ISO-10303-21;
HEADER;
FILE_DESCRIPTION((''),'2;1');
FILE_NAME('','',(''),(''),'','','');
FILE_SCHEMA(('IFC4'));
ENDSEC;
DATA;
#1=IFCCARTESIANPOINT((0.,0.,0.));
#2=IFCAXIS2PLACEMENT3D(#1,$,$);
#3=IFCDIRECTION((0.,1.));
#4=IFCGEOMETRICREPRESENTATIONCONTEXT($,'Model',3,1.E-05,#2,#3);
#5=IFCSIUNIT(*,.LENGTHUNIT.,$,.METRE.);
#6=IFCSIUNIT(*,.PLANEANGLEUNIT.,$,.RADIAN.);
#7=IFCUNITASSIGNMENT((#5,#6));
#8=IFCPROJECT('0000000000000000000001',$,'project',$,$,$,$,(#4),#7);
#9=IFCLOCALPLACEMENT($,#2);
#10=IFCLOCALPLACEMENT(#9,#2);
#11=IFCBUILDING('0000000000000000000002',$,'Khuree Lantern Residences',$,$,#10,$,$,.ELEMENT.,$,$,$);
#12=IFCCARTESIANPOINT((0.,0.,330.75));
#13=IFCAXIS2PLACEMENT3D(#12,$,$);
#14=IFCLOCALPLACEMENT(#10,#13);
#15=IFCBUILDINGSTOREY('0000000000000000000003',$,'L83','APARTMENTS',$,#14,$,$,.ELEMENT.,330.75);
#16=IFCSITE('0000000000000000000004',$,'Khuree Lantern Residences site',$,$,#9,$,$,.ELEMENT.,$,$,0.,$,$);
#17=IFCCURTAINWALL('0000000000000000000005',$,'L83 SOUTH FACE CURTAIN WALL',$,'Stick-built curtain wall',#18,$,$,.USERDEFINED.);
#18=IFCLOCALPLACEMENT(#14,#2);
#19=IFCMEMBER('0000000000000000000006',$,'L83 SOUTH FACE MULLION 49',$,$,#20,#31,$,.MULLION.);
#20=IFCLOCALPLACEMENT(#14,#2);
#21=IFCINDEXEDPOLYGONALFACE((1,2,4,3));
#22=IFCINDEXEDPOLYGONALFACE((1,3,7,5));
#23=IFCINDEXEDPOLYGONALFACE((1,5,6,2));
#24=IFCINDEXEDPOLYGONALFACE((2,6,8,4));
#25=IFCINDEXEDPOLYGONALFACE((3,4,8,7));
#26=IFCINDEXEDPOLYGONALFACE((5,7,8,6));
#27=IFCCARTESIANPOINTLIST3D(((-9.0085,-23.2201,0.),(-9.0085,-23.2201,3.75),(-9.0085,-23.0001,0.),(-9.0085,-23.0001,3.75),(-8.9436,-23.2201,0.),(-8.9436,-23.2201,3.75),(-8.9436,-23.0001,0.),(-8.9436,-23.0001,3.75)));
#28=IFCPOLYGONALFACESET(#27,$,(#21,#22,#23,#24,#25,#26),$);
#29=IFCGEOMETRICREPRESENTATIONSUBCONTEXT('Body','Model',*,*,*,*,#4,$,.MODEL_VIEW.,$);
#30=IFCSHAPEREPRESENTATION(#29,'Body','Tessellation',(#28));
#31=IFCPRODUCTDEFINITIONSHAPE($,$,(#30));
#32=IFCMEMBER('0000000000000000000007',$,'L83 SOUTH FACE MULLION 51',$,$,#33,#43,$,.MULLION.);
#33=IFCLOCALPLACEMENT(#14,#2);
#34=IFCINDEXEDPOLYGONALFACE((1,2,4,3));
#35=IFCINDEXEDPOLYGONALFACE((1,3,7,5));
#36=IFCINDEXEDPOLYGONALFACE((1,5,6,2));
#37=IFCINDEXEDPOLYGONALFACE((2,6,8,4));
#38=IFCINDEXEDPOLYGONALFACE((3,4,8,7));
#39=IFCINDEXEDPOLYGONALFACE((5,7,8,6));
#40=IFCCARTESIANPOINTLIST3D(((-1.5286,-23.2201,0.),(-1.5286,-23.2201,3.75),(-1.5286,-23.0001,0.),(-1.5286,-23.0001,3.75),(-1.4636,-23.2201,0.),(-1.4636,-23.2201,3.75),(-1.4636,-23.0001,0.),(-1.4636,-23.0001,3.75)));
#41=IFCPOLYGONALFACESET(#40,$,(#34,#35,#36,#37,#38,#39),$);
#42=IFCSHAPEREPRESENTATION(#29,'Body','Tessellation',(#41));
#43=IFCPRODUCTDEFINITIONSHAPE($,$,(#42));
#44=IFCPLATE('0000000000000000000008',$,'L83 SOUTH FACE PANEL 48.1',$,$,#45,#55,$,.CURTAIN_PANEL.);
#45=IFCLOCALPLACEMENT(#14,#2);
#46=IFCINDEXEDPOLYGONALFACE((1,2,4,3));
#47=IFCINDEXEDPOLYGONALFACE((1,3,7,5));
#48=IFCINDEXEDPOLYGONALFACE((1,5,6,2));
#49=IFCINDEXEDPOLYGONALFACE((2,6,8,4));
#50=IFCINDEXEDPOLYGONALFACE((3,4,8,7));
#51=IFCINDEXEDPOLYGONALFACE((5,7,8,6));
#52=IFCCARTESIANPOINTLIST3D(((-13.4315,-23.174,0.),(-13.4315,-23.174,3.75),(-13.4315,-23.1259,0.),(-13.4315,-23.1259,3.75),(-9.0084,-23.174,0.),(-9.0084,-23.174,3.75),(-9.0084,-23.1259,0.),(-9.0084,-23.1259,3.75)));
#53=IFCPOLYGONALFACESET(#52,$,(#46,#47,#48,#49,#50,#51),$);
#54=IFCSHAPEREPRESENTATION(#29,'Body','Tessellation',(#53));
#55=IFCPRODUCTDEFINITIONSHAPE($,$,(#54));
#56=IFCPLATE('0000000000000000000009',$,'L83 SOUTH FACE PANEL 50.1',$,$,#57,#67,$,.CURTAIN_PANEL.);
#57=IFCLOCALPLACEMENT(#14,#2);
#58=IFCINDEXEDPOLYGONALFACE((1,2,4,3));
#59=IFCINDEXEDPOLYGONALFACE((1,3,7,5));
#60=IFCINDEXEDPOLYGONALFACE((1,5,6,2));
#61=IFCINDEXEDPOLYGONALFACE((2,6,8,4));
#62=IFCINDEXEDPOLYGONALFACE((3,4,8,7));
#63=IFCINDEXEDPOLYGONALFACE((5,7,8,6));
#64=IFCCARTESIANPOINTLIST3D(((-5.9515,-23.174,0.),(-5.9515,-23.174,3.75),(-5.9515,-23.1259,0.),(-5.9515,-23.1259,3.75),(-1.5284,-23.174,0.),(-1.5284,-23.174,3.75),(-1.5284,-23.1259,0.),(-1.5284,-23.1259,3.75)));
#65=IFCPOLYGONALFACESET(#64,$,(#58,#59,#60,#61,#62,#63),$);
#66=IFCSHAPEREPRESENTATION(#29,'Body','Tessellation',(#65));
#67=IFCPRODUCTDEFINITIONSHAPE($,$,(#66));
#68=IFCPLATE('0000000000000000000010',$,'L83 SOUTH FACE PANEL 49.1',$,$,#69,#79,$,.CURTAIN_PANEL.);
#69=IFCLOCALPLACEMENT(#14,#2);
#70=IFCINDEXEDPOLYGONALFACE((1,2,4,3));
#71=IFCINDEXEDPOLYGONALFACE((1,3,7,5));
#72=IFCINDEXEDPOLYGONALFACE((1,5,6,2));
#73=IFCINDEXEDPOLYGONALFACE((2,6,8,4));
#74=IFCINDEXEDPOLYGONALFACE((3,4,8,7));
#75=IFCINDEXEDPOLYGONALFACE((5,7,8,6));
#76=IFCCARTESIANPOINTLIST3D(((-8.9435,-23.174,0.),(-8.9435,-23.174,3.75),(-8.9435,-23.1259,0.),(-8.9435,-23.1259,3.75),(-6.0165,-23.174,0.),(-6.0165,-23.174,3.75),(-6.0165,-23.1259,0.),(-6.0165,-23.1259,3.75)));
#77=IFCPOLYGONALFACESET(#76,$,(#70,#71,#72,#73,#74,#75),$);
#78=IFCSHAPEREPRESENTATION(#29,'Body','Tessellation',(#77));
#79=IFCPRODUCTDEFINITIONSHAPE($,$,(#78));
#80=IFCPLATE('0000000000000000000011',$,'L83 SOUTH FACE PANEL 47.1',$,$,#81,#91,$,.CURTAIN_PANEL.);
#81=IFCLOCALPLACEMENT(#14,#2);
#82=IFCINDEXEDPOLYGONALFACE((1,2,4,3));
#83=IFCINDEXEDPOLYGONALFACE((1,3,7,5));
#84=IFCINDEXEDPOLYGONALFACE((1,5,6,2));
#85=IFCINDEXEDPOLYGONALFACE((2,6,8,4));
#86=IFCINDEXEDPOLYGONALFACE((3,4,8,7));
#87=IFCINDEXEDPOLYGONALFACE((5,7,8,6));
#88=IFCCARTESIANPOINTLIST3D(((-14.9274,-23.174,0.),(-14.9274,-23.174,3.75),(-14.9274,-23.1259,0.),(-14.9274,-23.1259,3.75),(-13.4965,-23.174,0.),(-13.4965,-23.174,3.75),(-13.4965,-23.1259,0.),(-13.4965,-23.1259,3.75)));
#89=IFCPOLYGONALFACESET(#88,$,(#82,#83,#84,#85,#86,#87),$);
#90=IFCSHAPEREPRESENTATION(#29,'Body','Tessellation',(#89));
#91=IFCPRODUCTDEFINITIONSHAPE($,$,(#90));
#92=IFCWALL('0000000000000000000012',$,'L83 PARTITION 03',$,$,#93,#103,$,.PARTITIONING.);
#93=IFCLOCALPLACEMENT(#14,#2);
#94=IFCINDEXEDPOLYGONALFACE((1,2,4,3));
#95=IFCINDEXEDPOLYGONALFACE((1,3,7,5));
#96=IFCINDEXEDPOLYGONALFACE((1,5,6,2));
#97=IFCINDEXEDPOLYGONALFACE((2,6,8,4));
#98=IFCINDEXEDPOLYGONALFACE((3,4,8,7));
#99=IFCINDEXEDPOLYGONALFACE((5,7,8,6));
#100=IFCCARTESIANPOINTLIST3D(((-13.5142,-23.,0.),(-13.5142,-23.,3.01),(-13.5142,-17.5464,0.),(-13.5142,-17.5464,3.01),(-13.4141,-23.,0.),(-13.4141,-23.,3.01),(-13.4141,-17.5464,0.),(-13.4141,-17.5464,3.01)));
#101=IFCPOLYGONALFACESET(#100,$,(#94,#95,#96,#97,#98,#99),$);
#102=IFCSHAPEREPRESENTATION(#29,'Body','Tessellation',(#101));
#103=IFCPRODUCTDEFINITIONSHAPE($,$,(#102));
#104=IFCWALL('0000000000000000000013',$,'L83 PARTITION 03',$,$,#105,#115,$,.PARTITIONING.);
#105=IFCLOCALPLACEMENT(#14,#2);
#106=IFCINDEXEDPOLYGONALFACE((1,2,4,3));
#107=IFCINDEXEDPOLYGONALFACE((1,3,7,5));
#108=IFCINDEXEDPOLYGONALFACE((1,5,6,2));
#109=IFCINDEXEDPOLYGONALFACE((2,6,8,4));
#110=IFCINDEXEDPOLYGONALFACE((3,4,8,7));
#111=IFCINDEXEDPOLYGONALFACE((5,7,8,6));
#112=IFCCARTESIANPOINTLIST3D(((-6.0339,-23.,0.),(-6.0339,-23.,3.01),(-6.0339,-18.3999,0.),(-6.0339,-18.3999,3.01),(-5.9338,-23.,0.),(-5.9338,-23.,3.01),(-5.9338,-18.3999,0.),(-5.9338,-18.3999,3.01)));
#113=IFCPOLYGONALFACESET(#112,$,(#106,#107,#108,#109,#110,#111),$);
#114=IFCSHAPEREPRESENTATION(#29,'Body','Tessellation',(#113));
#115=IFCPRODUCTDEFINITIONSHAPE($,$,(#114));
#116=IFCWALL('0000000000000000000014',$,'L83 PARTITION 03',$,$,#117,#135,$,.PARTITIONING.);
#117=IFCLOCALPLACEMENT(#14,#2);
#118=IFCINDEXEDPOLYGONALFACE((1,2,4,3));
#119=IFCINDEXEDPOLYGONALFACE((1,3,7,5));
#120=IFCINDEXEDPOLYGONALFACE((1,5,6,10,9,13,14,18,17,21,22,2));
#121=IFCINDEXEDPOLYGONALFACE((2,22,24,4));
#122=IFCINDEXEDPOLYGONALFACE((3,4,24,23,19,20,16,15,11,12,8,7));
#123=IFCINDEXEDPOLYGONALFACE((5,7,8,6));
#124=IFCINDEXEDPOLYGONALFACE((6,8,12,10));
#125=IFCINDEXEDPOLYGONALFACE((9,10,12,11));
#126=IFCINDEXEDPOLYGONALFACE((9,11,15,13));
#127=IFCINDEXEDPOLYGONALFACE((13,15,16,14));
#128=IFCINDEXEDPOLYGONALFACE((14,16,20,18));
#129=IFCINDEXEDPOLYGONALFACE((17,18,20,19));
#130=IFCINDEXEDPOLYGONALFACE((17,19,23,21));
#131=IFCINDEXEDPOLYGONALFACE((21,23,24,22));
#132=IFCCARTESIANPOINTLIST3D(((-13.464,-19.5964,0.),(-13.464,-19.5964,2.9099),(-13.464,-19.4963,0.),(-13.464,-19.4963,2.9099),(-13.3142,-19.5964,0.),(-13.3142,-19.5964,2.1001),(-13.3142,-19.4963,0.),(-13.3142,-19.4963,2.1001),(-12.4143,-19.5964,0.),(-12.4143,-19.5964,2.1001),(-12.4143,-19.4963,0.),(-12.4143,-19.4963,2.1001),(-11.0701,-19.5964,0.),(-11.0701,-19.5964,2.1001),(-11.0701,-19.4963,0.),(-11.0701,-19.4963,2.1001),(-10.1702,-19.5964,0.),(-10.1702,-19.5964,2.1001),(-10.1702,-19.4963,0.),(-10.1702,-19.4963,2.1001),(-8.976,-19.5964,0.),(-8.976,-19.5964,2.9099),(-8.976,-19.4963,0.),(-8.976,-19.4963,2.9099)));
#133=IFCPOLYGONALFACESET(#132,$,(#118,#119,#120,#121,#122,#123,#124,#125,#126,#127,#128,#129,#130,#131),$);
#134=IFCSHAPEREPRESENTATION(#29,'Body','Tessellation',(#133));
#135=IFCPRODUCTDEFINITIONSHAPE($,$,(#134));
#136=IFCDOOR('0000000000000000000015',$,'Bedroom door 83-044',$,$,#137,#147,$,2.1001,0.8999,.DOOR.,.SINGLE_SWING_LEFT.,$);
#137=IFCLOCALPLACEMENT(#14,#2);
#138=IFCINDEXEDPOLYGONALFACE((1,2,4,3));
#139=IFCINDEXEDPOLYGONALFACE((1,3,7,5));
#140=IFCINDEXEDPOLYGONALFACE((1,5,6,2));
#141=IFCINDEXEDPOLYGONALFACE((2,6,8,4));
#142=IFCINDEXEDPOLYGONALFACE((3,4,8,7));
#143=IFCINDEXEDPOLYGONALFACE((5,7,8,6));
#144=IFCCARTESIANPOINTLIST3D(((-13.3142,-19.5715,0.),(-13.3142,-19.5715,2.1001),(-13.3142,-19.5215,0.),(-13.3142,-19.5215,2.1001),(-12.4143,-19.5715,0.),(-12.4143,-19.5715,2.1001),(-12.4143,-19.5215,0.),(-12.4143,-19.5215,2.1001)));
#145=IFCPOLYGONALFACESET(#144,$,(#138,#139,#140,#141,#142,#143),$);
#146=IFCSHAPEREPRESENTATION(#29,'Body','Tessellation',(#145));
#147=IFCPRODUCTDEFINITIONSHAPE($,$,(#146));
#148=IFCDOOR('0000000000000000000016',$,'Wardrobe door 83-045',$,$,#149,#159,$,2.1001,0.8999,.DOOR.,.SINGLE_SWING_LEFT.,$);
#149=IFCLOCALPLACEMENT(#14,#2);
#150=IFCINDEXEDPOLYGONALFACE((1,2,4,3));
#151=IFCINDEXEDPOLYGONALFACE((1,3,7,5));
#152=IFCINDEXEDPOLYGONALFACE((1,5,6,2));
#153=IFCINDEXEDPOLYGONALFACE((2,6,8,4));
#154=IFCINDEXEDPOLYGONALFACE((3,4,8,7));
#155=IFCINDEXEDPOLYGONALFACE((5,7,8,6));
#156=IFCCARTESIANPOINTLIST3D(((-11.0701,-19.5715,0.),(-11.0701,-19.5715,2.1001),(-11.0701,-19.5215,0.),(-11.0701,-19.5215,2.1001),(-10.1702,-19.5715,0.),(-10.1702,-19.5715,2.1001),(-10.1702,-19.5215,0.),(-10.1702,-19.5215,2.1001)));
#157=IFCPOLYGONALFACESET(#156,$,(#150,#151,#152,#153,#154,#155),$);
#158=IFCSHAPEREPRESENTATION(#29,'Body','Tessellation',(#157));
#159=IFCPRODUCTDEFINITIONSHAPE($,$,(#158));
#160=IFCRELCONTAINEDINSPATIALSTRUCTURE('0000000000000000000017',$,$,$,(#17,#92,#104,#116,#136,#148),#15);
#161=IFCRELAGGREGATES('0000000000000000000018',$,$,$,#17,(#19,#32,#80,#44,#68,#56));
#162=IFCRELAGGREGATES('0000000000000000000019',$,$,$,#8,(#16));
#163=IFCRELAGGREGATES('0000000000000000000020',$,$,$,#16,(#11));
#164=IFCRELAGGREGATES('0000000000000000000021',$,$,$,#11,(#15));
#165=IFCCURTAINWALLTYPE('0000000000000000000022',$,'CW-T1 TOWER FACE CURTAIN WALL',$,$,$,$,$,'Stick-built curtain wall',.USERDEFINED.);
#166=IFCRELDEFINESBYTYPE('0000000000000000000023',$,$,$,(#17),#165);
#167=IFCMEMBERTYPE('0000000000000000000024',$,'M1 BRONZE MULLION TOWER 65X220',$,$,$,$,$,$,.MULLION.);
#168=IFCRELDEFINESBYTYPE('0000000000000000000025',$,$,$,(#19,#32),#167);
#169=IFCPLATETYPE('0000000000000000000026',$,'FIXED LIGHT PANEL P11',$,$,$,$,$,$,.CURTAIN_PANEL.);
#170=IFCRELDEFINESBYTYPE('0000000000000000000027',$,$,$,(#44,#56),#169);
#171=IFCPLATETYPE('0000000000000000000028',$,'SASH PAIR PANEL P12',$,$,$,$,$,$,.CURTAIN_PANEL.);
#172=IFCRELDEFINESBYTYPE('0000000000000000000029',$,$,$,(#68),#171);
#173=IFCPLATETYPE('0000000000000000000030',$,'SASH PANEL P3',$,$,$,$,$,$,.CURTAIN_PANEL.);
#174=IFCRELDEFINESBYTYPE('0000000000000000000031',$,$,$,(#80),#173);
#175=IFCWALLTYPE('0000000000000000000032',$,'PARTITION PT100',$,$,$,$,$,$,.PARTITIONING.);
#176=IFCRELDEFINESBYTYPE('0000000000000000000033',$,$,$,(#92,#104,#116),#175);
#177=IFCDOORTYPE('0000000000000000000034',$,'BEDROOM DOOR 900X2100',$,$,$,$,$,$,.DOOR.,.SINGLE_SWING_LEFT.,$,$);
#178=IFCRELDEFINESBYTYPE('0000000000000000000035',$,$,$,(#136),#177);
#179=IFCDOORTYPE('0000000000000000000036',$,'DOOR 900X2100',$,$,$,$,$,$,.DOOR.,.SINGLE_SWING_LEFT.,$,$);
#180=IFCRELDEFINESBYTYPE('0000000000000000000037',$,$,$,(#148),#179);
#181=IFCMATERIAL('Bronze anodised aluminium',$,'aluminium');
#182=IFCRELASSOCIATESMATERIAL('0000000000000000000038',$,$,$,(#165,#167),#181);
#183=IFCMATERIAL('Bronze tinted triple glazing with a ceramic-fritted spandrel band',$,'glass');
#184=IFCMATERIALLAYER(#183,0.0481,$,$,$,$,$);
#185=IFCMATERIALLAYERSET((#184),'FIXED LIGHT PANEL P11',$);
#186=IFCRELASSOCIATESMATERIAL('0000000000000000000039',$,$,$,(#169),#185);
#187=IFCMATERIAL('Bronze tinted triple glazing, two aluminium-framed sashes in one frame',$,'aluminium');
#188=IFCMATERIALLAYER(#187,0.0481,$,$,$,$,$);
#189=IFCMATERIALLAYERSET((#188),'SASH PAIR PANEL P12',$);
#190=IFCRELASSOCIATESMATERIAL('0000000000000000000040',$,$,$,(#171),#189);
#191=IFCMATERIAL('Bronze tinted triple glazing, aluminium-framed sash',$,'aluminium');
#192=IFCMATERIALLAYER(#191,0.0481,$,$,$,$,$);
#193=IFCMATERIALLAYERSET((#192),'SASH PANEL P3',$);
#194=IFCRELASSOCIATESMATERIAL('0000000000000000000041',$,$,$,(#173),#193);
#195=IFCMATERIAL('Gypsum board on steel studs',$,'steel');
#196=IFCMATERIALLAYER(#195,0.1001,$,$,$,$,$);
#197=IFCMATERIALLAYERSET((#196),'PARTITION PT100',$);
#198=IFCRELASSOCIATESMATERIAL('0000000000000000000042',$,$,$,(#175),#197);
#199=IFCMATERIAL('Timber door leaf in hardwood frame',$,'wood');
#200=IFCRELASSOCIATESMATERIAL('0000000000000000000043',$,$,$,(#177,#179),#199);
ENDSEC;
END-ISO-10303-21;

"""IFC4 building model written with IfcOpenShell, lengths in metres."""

from ifc_helpers import new_model, si_unit, direction, frame, frame_2d, origin, origin_2d, place, context, subcontext, project, spatial, rectangle, extrude, material, layer, layer_set, material_profile, profile_set, type_object, element, fill, aggregate, save


model = new_model("IFC4")

# Units and contexts
model_context = context("Model", 3, precision=1e-05, world=origin(), true_north=direction((0.0, 1.0)))
body_context = subcontext(model_context, "Body", "Model", "MODEL_VIEW")
ifc_project = project(units=[si_unit("LENGTHUNIT", "METRE"), si_unit("PLANEANGLEUNIT", "RADIAN")], contexts=[model_context])

# Site, building, storey
site_placement = place(None, origin())
site = spatial("IfcSite", under=ifc_project, at=site_placement, Name="Khuree Lantern Residences site", CompositionType="ELEMENT", RefElevation=0.0)
building_placement = place(site_placement, origin())
building = spatial("IfcBuilding", under=site, at=building_placement, Name="Khuree Lantern Residences", CompositionType="ELEMENT")
storey_placement = place(building_placement, frame((0.0, 0.0, 330.75)))
storey = spatial("IfcBuildingStorey", under=building, at=storey_placement, Name="L83", Description="APARTMENTS", CompositionType="ELEMENT", Elevation=330.75)

# Curtain wall
ifc_material_1 = material(Name="Bronze anodised aluminium", Category="aluminium")
curtain_wall_type = type_object("IfcCurtainWallType", Name="CW-T1 TOWER FACE CURTAIN WALL", ElementType="Stick-built curtain wall", PredefinedType="USERDEFINED", material=ifc_material_1)
curtain_wall_placement = place(storey_placement, origin())
curtain_wall = element("IfcCurtainWall", 1, at=curtain_wall_placement, inside=storey, type_object=curtain_wall_type, Name="L83 SOUTH FACE CURTAIN WALL", ObjectType="Stick-built curtain wall", PredefinedType="USERDEFINED")

# Members
ifc_material_profile_1 = material_profile(ifc_material_1, rectangle(XDim=0.0649, YDim=0.22, at=origin_2d()), Name="M1 65X220")
ifc_profile_set_1 = profile_set([ifc_material_profile_1], Name="Bronze anodised aluminium")
member_type_1 = type_object("IfcMemberType", Name="M1 BRONZE MULLION TOWER 65X220", PredefinedType="MULLION", material=ifc_profile_set_1)
member_1_placement = place(storey_placement, frame((-8.9761, -23.1101, 0.0), z_axis=(0.0, 0.0, 1.0), x_axis=(1.0, 0.0, 0.0)))
member_1 = element("IfcMember", 2, at=member_1_placement, type_object=member_type_1, Name="L83 SOUTH FACE MULLION 49", PredefinedType="MULLION", context=body_context, shape_type="SweptSolid", body=[
    extrude(rectangle(XDim=0.0649, YDim=0.22, at=origin_2d()), origin(), (0.0, 0.0, 1.0), 3.75),
])
member_2_placement = place(storey_placement, frame((-1.4961, -23.1101, 0.0), z_axis=(0.0, 0.0, 1.0), x_axis=(1.0, 0.0, 0.0)))
member_2 = element("IfcMember", 3, at=member_2_placement, type_object=member_type_1, Name="L83 SOUTH FACE MULLION 51", PredefinedType="MULLION", context=body_context, shape_type="SweptSolid", body=[
    extrude(rectangle(XDim=0.0649, YDim=0.22, at=origin_2d()), origin(), (0.0, 0.0, 1.0), 3.75),
])

# Plates
ifc_material_2 = material(Name="Bronze tinted triple glazing with a ceramic-fritted spandrel band", Category="glass")
ifc_layer_1 = layer(ifc_material_2, 0.0481)
ifc_layer_set_1 = layer_set([ifc_layer_1], Name="FIXED LIGHT PANEL P11")
plate_type_1 = type_object("IfcPlateType", Name="FIXED LIGHT PANEL P11", PredefinedType="CURTAIN_PANEL", material=ifc_layer_set_1)
plate_1_placement = place(storey_placement, frame((-11.22, -23.1499, 0.0), z_axis=(0.0, 0.0, 1.0), x_axis=(1.0, 0.0, 0.0)))
plate_1 = element("IfcPlate", 4, at=plate_1_placement, type_object=plate_type_1, Name="L83 SOUTH FACE PANEL 48.1", PredefinedType="CURTAIN_PANEL", context=body_context, shape_type="SweptSolid", body=[
    extrude(rectangle(XDim=4.4231, YDim=0.0481, at=origin_2d()), origin(), (0.0, 0.0, 1.0), 3.75),
])
plate_2_placement = place(storey_placement, frame((-3.74, -23.1499, 0.0), z_axis=(0.0, 0.0, 1.0), x_axis=(1.0, 0.0, 0.0)))
plate_2 = element("IfcPlate", 5, at=plate_2_placement, type_object=plate_type_1, Name="L83 SOUTH FACE PANEL 50.1", PredefinedType="CURTAIN_PANEL", context=body_context, shape_type="SweptSolid", body=[
    extrude(rectangle(XDim=4.4231, YDim=0.0481, at=origin_2d()), origin(), (0.0, 0.0, 1.0), 3.75),
])
ifc_material_3 = material(Name="Bronze tinted triple glazing, two aluminium-framed sashes in one frame", Category="aluminium")
ifc_layer_2 = layer(ifc_material_3, 0.0481)
ifc_layer_set_2 = layer_set([ifc_layer_2], Name="SASH PAIR PANEL P12")
plate_type_2 = type_object("IfcPlateType", Name="SASH PAIR PANEL P12", PredefinedType="CURTAIN_PANEL", material=ifc_layer_set_2)
plate_3_placement = place(storey_placement, frame((-7.48, -23.1499, 0.0), z_axis=(0.0, 0.0, 1.0), x_axis=(1.0, 0.0, 0.0)))
plate_3 = element("IfcPlate", 6, at=plate_3_placement, type_object=plate_type_2, Name="L83 SOUTH FACE PANEL 49.1", PredefinedType="CURTAIN_PANEL", context=body_context, shape_type="SweptSolid", body=[
    extrude(rectangle(XDim=2.927, YDim=0.0481, at=origin_2d()), origin(), (0.0, 0.0, 1.0), 3.75),
])
ifc_material_4 = material(Name="Bronze tinted triple glazing, aluminium-framed sash", Category="aluminium")
ifc_layer_3 = layer(ifc_material_4, 0.0481)
ifc_layer_set_3 = layer_set([ifc_layer_3], Name="SASH PANEL P3")
plate_type_3 = type_object("IfcPlateType", Name="SASH PANEL P3", PredefinedType="CURTAIN_PANEL", material=ifc_layer_set_3)
plate_4_placement = place(storey_placement, frame((-14.2119, -23.1499, 0.0), z_axis=(0.0, 0.0, 1.0), x_axis=(1.0, 0.0, 0.0)))
plate_4 = element("IfcPlate", 7, at=plate_4_placement, type_object=plate_type_3, Name="L83 SOUTH FACE PANEL 47.1", PredefinedType="CURTAIN_PANEL", context=body_context, shape_type="SweptSolid", body=[
    extrude(rectangle(XDim=1.4309, YDim=0.0481, at=origin_2d()), origin(), (0.0, 0.0, 1.0), 3.75),
])
aggregate(curtain_wall, [member_1, member_2, plate_4, plate_1, plate_3, plate_2])

# Walls
ifc_material_5 = material(Name="Gypsum board on steel studs", Category="steel")
ifc_layer_4 = layer(ifc_material_5, 0.1001)
ifc_layer_set_4 = layer_set([ifc_layer_4], Name="PARTITION PT100")
wall_type = type_object("IfcWallType", Name="PARTITION PT100", PredefinedType="PARTITIONING", material=ifc_layer_set_4)
wall_1_placement = place(storey_placement, frame((-13.4641, -17.5464, 0.0), z_axis=(0.0, 0.0, 1.0), x_axis=(0.0, -1.0, 0.0)))
element("IfcWall", 8, at=wall_1_placement, inside=storey, type_object=wall_type, Name="L83 PARTITION 03", PredefinedType="PARTITIONING", context=body_context, shape_type="SweptSolid", body=[
    extrude(rectangle(XDim=5.4536, YDim=0.1001, at=frame_2d((2.7268, 0.0))), origin(), (0.0, 0.0, 1.0), 3.01),
])
wall_2_placement = place(storey_placement, frame((-5.9839, -18.3999, 0.0), z_axis=(0.0, 0.0, 1.0), x_axis=(0.0, -1.0, 0.0)))
element("IfcWall", 9, at=wall_2_placement, inside=storey, type_object=wall_type, Name="L83 PARTITION 03", PredefinedType="PARTITIONING", context=body_context, shape_type="SweptSolid", body=[
    extrude(rectangle(XDim=4.6001, YDim=0.1001, at=frame_2d((2.3, 0.0))), origin(), (0.0, 0.0, 1.0), 3.01),
])

# Wall, openings, doors
wall_3_placement = place(storey_placement, frame((-13.4641, -19.5464, 0.0), z_axis=(0.0, 0.0, 1.0), x_axis=(1.0, 0.0, 0.0)))
wall_3 = element("IfcWall", 10, at=wall_3_placement, inside=storey, type_object=wall_type, Name="L83 PARTITION 03", PredefinedType="PARTITIONING", context=body_context, shape_type="SweptSolid", body=[
    extrude(rectangle(XDim=4.488, YDim=0.1001, at=frame_2d((2.2441, 0.0))), origin(), (0.0, 0.0, 1.0), 2.9099),
])
opening_1_placement = place(wall_3_placement, frame((0.1499, 0.0, 0.0)))
opening_1 = element("IfcOpeningElement", 11, at=opening_1_placement, cuts=wall_3, PredefinedType="OPENING", context=body_context, shape_type="SweptSolid", body=[
    extrude(rectangle(XDim=0.8999, YDim=2.1001, at=frame_2d((0.45, 1.05))), frame((0.0, 0.0601, 0.0), z_axis=(0.0, -1.0, 0.0), x_axis=(1.0, 0.0, 0.0)), (0.0, 0.0, 1.0), 0.1201),
])
opening_2_placement = place(wall_3_placement, frame((2.394, 0.0, 0.0)))
opening_2 = element("IfcOpeningElement", 12, at=opening_2_placement, cuts=wall_3, PredefinedType="OPENING", context=body_context, shape_type="SweptSolid", body=[
    extrude(rectangle(XDim=0.8999, YDim=2.1001, at=frame_2d((0.45, 1.05))), frame((0.0, 0.0601, 0.0), z_axis=(0.0, -1.0, 0.0), x_axis=(1.0, 0.0, 0.0)), (0.0, 0.0, 1.0), 0.1201),
])
ifc_material_6 = material(Name="Timber door leaf in hardwood frame", Category="wood")
door_type_1 = type_object("IfcDoorType", Name="BEDROOM DOOR 900X2100", OperationType="SINGLE_SWING_LEFT", PredefinedType="DOOR", material=ifc_material_6)
door_1_placement = place(opening_1_placement, origin())
door_1 = element("IfcDoor", 13, at=door_1_placement, inside=storey, type_object=door_type_1, Name="Bedroom door 83-044", OperationType="SINGLE_SWING_LEFT", OverallHeight=2.1001, OverallWidth=0.8999, PredefinedType="DOOR", context=body_context, shape_type="SweptSolid", body=[
    extrude(rectangle(XDim=0.8999, YDim=2.1001, at=frame_2d((0.45, 1.05))), frame((0.0, 0.0249, 0.0), z_axis=(0.0, -1.0, 0.0), x_axis=(1.0, 0.0, 0.0)), (0.0, 0.0, 1.0), 0.05),
])
fill(opening_1, door_1)
door_type_2 = type_object("IfcDoorType", Name="DOOR 900X2100", OperationType="SINGLE_SWING_LEFT", PredefinedType="DOOR", material=ifc_material_6)
door_2_placement = place(opening_2_placement, origin())
door_2 = element("IfcDoor", 14, at=door_2_placement, inside=storey, type_object=door_type_2, Name="Wardrobe door 83-045", OperationType="SINGLE_SWING_LEFT", OverallHeight=2.1001, OverallWidth=0.8999, PredefinedType="DOOR", context=body_context, shape_type="SweptSolid", body=[
    extrude(rectangle(XDim=0.8999, YDim=2.1001, at=frame_2d((0.45, 1.05))), frame((0.0, 0.0249, 0.0), z_axis=(0.0, -1.0, 0.0), x_axis=(1.0, 0.0, 0.0)), (0.0, 0.0, 1.0), 0.05),
])
fill(opening_2, door_2)

save(model, "model.ifc")
